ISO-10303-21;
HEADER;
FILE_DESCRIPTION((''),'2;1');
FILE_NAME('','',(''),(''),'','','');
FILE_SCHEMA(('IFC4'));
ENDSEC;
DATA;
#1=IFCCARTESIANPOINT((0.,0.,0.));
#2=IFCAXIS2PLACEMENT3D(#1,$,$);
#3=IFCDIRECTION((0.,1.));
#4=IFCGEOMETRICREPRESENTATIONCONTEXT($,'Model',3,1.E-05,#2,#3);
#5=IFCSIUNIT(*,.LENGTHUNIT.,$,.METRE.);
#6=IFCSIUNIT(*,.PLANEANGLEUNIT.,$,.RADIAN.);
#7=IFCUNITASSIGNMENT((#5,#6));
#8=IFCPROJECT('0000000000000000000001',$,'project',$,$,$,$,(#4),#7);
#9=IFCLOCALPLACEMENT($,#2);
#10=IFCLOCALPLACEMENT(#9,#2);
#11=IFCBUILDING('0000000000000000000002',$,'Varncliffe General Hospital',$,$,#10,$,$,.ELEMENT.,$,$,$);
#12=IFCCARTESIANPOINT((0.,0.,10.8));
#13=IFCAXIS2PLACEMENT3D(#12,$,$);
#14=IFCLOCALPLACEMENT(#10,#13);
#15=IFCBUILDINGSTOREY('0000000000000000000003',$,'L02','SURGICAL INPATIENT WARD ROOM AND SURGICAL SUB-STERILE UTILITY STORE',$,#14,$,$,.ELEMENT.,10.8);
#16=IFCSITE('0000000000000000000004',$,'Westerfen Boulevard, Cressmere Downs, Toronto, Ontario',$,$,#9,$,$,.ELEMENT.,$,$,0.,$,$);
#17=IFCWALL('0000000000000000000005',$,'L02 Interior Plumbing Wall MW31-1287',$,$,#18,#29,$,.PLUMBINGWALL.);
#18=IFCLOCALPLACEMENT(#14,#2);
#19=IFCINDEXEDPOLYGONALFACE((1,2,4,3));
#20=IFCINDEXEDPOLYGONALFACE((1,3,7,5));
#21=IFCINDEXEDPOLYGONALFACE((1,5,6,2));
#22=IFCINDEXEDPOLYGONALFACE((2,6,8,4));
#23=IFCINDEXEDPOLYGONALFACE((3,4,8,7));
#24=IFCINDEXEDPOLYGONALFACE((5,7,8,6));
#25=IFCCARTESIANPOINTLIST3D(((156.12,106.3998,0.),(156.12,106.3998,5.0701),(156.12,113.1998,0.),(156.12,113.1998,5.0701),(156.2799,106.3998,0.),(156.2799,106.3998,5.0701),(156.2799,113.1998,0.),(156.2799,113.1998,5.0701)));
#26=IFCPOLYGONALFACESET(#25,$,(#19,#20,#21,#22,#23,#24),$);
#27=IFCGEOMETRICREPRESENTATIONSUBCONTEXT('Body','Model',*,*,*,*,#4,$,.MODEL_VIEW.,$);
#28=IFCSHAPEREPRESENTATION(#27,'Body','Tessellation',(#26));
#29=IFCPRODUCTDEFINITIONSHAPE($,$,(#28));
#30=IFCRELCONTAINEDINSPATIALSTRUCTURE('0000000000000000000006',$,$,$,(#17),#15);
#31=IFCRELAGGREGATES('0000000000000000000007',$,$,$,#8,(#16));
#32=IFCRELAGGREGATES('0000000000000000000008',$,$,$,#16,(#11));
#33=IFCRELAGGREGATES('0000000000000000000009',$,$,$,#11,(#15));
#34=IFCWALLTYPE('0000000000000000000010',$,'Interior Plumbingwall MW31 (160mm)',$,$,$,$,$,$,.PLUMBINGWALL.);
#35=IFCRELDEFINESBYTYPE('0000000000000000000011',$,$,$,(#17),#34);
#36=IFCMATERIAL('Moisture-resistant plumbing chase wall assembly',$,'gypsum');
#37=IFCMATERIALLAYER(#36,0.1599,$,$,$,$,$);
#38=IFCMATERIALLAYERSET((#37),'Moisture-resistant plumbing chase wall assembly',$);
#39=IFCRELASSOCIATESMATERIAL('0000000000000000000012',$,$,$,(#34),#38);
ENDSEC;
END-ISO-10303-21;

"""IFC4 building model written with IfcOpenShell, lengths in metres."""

from ifc_helpers import new_model, si_unit, direction, frame, frame_2d, origin, place, context, subcontext, project, spatial, rectangle, extrude, material, layer, layer_set, type_object, element, save


model = new_model("IFC4")

# Units and contexts
model_context = context("Model", 3, precision=1e-05, world=origin(), true_north=direction((0.0, 1.0)))
body_context = subcontext(model_context, "Body", "Model", "MODEL_VIEW")
ifc_project = project(units=[si_unit("LENGTHUNIT", "METRE"), si_unit("PLANEANGLEUNIT", "RADIAN")], contexts=[model_context])

# Site, building, storey
site_placement = place(None, origin())
site = spatial("IfcSite", under=ifc_project, at=site_placement, Name="Westerfen Boulevard, Cressmere Downs, Toronto, Ontario", CompositionType="ELEMENT", RefElevation=0.0)
building_placement = place(site_placement, origin())
building = spatial("IfcBuilding", under=site, at=building_placement, Name="Varncliffe General Hospital", CompositionType="ELEMENT")
storey_placement = place(building_placement, frame((0.0, 0.0, 10.8)))
storey = spatial("IfcBuildingStorey", under=building, at=storey_placement, Name="L02", Description="SURGICAL INPATIENT WARD ROOM AND SURGICAL SUB-STERILE UTILITY STORE", CompositionType="ELEMENT", Elevation=10.8)

# Wall
ifc_material_1 = material(Name="Moisture-resistant plumbing chase wall assembly", Category="gypsum")
ifc_layer_1 = layer(ifc_material_1, 0.1599)
ifc_layer_set_1 = layer_set([ifc_layer_1], Name="Moisture-resistant plumbing chase wall assembly")
wall_type_1 = type_object("IfcWallType", Name="Interior Plumbingwall MW31 (160mm)", PredefinedType="PLUMBINGWALL", material=ifc_layer_set_1)
wall_1_placement = place(storey_placement, frame((156.2, 106.3999, 0.0), z_axis=(0.0, 0.0, 1.0), x_axis=(0.0, 1.0, 0.0)))
element("IfcWall", 1, at=wall_1_placement, inside=storey, type_object=wall_type_1, Name="L02 Interior Plumbing Wall MW31-1287", PredefinedType="PLUMBINGWALL", context=body_context, shape_type="SweptSolid", body=[
    extrude(rectangle(XDim=6.8, YDim=0.1599, at=frame_2d((3.3999, 0.0))), origin(), (0.0, 0.0, 1.0), 5.0701),
])

save(model, "model.ifc")
